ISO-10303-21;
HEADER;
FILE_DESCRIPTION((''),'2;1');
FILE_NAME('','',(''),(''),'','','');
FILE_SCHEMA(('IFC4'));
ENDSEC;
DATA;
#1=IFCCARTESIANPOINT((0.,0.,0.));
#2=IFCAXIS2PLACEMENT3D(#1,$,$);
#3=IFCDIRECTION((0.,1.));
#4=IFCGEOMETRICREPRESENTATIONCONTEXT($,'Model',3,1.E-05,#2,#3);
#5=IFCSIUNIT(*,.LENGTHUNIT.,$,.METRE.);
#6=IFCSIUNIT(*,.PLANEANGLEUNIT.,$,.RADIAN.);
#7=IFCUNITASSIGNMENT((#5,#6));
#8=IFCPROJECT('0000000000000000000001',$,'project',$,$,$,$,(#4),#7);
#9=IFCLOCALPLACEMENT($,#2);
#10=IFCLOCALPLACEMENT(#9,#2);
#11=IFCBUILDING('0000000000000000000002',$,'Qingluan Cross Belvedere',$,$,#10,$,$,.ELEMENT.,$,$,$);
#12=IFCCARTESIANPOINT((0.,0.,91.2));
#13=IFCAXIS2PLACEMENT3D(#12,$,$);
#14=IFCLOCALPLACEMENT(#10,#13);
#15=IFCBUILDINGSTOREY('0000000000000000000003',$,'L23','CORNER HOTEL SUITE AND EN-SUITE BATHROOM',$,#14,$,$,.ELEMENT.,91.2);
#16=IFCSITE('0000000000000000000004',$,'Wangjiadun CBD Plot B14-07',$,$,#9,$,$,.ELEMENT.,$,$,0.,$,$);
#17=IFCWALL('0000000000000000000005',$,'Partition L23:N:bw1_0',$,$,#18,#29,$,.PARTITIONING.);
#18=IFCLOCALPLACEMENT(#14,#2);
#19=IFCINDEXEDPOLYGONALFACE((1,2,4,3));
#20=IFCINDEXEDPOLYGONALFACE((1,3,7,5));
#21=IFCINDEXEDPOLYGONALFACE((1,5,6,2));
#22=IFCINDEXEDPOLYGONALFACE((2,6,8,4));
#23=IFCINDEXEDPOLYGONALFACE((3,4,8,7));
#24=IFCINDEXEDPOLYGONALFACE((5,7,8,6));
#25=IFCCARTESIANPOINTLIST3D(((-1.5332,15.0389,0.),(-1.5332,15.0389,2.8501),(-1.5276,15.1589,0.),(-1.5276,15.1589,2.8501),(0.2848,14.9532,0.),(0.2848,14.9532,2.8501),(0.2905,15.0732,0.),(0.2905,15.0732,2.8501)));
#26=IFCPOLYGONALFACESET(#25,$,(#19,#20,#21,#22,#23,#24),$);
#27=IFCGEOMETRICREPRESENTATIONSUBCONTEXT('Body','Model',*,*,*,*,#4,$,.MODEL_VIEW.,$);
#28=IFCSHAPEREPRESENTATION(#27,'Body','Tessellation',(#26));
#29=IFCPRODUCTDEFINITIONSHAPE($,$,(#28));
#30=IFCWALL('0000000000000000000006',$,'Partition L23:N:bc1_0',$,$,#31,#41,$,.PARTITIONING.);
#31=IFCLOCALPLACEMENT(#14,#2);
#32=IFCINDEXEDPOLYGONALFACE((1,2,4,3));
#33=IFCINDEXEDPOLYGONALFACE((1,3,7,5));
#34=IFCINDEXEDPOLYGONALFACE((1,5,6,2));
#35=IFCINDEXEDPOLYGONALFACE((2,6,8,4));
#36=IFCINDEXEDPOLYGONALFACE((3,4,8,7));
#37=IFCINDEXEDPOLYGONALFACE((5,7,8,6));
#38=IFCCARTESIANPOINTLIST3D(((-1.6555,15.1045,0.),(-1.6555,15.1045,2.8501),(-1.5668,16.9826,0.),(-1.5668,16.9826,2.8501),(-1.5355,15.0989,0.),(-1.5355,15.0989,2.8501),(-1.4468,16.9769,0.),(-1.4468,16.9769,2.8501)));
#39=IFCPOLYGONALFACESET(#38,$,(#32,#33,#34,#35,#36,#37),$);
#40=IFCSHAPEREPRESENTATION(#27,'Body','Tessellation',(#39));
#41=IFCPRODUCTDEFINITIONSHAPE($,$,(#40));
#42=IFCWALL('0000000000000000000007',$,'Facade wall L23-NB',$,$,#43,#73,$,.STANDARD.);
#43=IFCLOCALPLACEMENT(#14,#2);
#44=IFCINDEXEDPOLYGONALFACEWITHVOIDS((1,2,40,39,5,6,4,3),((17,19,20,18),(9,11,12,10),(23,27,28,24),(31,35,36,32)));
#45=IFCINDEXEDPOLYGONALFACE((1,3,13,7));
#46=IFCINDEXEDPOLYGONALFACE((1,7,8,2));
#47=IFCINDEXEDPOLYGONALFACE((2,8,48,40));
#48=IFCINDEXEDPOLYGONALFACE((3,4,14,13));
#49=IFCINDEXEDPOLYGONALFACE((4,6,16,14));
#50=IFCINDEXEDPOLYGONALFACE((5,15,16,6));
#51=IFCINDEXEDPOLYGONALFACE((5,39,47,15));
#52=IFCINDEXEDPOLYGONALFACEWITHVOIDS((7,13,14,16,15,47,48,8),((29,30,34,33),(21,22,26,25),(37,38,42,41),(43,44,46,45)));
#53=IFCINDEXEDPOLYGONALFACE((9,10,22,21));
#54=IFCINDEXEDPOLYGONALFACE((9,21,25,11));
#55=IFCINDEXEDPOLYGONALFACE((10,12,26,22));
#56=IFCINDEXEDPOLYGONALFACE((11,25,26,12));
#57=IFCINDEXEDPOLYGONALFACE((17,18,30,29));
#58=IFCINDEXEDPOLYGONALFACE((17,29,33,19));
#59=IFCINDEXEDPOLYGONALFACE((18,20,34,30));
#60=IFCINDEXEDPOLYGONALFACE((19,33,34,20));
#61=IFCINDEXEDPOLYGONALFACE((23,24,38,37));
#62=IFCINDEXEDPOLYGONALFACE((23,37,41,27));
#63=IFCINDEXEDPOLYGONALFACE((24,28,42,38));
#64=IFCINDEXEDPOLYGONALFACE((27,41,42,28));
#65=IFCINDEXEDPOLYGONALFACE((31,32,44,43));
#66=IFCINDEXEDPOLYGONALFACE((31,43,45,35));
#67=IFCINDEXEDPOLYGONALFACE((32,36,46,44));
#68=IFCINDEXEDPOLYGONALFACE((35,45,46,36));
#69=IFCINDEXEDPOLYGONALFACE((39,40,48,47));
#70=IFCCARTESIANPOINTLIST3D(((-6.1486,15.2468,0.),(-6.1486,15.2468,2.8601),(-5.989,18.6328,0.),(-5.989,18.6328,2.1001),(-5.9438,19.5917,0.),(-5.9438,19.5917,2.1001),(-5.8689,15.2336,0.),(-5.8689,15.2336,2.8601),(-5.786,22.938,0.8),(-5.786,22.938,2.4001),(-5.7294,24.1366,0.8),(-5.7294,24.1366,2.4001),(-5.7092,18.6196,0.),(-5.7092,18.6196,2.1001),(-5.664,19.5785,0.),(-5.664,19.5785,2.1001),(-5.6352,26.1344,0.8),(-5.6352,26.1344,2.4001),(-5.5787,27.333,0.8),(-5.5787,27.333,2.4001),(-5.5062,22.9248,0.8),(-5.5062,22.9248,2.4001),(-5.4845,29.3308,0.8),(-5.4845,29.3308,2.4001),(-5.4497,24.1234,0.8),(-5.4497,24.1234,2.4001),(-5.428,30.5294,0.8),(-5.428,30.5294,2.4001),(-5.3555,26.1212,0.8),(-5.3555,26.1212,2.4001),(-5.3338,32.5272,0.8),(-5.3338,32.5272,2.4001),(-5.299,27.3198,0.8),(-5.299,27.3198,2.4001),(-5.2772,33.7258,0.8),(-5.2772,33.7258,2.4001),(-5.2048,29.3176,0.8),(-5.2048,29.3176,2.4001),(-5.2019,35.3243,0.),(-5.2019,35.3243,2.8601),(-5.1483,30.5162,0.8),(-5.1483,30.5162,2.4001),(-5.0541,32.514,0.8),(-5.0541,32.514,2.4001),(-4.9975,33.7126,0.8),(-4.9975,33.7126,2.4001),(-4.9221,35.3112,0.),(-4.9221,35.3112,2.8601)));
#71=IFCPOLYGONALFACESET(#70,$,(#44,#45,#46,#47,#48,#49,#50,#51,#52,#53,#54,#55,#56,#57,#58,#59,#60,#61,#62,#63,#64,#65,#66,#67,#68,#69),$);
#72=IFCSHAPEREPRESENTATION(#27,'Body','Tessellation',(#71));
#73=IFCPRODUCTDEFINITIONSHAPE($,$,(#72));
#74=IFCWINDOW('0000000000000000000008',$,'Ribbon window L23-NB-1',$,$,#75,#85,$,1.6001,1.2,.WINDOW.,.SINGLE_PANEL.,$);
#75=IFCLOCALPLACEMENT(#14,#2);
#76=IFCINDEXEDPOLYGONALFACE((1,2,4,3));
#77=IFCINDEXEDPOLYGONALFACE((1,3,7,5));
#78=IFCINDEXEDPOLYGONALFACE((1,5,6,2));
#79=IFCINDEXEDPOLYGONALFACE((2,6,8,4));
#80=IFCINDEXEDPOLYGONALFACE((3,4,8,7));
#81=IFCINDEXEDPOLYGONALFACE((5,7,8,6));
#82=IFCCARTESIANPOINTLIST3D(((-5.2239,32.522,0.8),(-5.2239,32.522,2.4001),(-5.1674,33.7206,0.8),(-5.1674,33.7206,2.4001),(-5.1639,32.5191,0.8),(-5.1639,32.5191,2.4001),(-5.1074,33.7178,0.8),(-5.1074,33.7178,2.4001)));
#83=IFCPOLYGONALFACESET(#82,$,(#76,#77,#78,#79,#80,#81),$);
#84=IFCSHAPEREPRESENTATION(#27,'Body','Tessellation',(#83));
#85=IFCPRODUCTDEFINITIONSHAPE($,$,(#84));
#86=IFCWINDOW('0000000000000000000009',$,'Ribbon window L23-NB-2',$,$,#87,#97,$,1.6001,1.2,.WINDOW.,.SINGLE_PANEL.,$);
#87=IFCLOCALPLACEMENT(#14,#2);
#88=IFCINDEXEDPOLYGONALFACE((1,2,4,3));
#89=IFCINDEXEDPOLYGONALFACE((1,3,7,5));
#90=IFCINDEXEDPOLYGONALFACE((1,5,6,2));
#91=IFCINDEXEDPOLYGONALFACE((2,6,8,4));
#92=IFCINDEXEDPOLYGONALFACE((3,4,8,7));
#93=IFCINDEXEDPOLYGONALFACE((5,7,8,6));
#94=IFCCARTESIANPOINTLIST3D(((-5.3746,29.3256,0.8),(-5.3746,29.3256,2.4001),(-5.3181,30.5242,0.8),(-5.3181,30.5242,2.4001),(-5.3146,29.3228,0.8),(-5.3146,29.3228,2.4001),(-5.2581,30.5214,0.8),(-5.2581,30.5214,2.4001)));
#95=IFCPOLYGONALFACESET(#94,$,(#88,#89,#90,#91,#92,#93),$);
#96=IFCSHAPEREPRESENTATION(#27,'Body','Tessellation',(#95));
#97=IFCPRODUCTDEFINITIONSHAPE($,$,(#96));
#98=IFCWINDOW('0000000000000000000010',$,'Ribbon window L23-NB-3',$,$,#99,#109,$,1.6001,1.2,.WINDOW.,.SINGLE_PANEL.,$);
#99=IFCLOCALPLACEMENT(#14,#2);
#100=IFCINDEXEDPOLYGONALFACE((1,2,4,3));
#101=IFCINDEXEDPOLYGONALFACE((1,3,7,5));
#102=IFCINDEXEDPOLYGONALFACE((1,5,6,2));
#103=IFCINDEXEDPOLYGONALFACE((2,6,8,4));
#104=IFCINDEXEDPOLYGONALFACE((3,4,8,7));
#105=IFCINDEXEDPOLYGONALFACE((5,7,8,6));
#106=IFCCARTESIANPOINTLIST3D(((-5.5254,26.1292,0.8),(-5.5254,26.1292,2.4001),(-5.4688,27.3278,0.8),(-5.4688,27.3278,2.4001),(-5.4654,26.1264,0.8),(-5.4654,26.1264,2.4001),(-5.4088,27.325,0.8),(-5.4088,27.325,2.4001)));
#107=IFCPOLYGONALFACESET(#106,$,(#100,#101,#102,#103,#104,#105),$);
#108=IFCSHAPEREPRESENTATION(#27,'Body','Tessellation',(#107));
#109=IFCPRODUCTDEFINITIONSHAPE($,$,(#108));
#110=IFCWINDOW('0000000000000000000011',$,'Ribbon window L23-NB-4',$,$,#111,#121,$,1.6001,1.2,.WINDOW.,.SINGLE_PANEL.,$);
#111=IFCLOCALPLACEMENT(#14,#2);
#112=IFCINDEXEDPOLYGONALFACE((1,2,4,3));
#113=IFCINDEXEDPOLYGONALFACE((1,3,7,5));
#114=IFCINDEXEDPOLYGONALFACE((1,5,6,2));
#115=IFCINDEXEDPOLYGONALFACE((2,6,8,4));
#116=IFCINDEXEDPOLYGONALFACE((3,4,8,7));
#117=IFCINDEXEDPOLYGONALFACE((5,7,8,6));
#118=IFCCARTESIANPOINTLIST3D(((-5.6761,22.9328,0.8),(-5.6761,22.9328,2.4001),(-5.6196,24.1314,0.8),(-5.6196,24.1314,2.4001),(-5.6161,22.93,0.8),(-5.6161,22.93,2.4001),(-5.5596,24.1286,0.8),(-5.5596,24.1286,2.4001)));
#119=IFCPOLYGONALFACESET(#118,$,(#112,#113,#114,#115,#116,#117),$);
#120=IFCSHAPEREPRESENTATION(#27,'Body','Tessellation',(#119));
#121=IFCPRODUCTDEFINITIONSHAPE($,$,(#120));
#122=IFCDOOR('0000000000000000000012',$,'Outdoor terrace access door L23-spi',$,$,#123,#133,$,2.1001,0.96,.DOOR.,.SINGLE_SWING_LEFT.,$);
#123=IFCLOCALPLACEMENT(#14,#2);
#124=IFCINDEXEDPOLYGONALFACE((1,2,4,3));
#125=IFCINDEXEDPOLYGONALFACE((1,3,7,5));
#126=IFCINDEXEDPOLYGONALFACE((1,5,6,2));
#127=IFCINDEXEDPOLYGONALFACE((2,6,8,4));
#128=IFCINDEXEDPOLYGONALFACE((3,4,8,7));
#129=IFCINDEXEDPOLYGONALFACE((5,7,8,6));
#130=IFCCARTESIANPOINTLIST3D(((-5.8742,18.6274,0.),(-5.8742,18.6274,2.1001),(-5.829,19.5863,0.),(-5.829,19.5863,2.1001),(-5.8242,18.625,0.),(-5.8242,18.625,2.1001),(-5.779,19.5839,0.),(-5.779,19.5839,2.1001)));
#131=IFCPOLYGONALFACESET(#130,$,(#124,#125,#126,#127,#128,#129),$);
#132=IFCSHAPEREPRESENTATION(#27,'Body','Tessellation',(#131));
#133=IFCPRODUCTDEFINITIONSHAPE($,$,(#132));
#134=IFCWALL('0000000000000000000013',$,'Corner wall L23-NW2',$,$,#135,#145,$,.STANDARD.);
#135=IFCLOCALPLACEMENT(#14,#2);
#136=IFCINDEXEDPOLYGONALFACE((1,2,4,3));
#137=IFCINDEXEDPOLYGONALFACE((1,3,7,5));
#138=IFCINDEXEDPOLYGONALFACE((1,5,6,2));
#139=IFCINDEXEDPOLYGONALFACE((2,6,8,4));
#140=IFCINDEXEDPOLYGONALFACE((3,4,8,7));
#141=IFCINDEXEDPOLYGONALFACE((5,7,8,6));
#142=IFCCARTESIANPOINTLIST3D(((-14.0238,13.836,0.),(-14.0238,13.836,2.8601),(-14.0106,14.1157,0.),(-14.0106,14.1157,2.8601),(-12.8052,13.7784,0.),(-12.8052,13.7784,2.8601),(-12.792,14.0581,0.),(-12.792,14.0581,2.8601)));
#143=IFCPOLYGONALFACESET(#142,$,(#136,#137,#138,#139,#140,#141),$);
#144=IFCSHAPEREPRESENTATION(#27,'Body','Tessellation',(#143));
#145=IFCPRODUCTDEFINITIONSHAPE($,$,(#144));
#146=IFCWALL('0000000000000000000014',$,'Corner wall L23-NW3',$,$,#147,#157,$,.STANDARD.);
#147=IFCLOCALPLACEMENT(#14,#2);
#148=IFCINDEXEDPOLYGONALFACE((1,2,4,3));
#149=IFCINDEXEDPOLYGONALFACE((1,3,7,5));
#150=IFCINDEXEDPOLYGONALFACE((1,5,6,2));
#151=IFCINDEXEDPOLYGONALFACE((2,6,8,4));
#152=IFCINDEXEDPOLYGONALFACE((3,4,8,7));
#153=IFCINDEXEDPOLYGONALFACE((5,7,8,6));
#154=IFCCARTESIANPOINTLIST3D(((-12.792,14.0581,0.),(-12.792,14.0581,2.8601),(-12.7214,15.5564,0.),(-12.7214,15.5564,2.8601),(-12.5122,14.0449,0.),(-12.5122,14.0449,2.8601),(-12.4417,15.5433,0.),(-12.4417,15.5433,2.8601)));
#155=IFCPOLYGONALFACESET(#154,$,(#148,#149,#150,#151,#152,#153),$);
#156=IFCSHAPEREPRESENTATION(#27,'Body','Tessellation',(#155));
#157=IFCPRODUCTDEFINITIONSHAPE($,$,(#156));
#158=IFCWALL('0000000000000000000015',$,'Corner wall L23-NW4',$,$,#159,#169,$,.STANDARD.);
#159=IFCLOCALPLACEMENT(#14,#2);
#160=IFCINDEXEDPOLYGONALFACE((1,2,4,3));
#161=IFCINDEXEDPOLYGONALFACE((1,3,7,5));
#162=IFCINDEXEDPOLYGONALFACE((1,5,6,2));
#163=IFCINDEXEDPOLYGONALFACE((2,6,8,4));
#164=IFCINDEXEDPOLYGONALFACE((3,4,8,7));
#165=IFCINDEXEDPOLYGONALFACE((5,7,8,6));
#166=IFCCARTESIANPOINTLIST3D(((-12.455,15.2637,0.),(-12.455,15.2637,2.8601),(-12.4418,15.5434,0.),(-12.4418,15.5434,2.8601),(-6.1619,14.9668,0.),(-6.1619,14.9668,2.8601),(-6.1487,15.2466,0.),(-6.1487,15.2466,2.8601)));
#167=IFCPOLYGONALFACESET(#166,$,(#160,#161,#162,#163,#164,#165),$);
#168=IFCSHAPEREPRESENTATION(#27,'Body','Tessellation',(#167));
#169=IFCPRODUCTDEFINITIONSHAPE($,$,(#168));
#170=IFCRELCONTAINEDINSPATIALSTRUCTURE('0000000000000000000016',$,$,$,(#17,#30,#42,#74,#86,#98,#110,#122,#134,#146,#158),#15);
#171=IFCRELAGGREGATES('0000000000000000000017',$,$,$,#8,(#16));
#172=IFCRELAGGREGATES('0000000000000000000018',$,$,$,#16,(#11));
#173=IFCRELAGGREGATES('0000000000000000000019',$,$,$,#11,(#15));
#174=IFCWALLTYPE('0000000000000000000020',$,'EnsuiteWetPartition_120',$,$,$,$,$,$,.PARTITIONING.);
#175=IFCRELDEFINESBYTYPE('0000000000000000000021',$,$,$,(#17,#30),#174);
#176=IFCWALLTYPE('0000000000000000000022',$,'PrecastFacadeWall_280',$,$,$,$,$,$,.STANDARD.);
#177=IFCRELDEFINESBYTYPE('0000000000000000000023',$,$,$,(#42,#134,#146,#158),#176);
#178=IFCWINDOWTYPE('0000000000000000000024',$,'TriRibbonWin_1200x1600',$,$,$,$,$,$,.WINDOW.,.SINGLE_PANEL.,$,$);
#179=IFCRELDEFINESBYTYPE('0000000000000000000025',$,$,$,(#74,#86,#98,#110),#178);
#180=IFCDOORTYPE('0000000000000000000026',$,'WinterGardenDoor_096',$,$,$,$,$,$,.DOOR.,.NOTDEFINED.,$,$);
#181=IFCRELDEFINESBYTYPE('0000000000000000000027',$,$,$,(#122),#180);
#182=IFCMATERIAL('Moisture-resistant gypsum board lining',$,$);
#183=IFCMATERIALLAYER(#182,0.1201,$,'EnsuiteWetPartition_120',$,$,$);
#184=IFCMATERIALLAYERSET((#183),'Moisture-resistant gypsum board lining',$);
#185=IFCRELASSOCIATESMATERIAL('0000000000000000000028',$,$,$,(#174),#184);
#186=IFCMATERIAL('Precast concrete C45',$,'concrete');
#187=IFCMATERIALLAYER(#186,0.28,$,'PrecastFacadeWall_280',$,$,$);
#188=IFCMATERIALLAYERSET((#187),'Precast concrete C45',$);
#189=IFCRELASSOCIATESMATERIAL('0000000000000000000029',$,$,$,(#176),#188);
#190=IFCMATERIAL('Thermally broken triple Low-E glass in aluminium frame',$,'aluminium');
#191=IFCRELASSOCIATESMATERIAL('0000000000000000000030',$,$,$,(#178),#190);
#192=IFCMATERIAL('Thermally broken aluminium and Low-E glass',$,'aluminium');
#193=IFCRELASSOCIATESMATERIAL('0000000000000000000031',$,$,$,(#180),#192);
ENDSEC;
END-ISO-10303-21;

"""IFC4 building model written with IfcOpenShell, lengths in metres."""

from ifc_helpers import new_model, si_unit, direction, frame, frame_2d, origin, place, context, subcontext, project, spatial, rectangle, extrude, material, layer, layer_set, type_object, element, fill, save


model = new_model("IFC4")

# Units and contexts
model_context = context("Model", 3, precision=1e-05, world=origin(), true_north=direction((0.0, 1.0)))
body_context = subcontext(model_context, "Body", "Model", "MODEL_VIEW")
ifc_project = project(units=[si_unit("LENGTHUNIT", "METRE"), si_unit("PLANEANGLEUNIT", "RADIAN")], contexts=[model_context])

# Site, building, storey
site_placement = place(None, origin())
site = spatial("IfcSite", under=ifc_project, at=site_placement, Name="Wangjiadun CBD Plot B14-07", CompositionType="ELEMENT", RefElevation=0.0)
building_placement = place(site_placement, origin())
building = spatial("IfcBuilding", under=site, at=building_placement, Name="Qingluan Cross Belvedere", CompositionType="ELEMENT")
storey_placement = place(building_placement, frame((0.0, 0.0, 91.2)))
storey = spatial("IfcBuildingStorey", under=building, at=storey_placement, Name="L23", Description="CORNER HOTEL SUITE AND EN-SUITE BATHROOM", CompositionType="ELEMENT", Elevation=91.2)

# Shared definitions
ifc_material_1 = material(Name="Moisture-resistant gypsum board lining")
ifc_layer_1 = layer(ifc_material_1, 0.1201, Name="EnsuiteWetPartition_120")
ifc_layer_set_1 = layer_set([ifc_layer_1], Name="Moisture-resistant gypsum board lining")
wall_type_1 = type_object("IfcWallType", Name="EnsuiteWetPartition_120", PredefinedType="PARTITIONING", material=ifc_layer_set_1)

# Walls
wall_1_placement = place(storey_placement, frame((-1.5305, 15.0989, 0.0), z_axis=(0.0, 0.0, 1.0), x_axis=(0.998891, -0.047081, 0.0)))
element("IfcWall", 1, at=wall_1_placement, inside=storey, type_object=wall_type_1, Name="Partition L23:N:bw1_0", PredefinedType="PARTITIONING", context=body_context, shape_type="SweptSolid", body=[
    extrude(rectangle(XDim=1.8201, YDim=0.1201, at=frame_2d((0.9102, 0.0))), origin(), (0.0, 0.0, 1.0), 2.8501),
])
wall_2_placement = place(storey_placement, frame((-1.5955, 15.1018, 0.0), z_axis=(0.0, 0.0, 1.0), x_axis=(0.047139, 0.998888, 0.0)))
element("IfcWall", 2, at=wall_2_placement, inside=storey, type_object=wall_type_1, Name="Partition L23:N:bc1_0", PredefinedType="PARTITIONING", context=body_context, shape_type="SweptSolid", body=[
    extrude(rectangle(XDim=1.8801, YDim=0.1201, at=frame_2d((0.9399, 0.0))), origin(), (0.0, 0.0, 1.0), 2.8501),
])

# Wall, openings, windows, door
ifc_material_2 = material(Name="Precast concrete C45", Category="concrete")
ifc_layer_2 = layer(ifc_material_2, 0.28, Name="PrecastFacadeWall_280")
ifc_layer_set_2 = layer_set([ifc_layer_2], Name="Precast concrete C45")
wall_type_2 = type_object("IfcWallType", Name="PrecastFacadeWall_280", PredefinedType="STANDARD", material=ifc_layer_set_2)
wall_3_placement = place(storey_placement, frame((-5.062, 35.3176, 0.0), z_axis=(0.0, 0.0, 1.0), x_axis=(-0.047103, -0.99889, 0.0)))
wall_3 = element("IfcWall", 3, at=wall_3_placement, inside=storey, type_object=wall_type_2, Name="Facade wall L23-NB", PredefinedType="STANDARD", context=body_context, shape_type="SweptSolid", body=[
    extrude(rectangle(XDim=20.0999, YDim=0.28, at=frame_2d((10.0498, 0.0))), origin(), (0.0, 0.0, 1.0), 2.8601),
])
opening_1_placement = place(wall_3_placement, frame((1.6001, 0.0, 0.8)))
opening_1 = element("IfcOpeningElement", 4, at=opening_1_placement, cuts=wall_3, PredefinedType="OPENING", context=body_context, shape_type="SweptSolid", body=[
    extrude(rectangle(XDim=1.2, YDim=1.6001, at=frame_2d((0.6001, 0.8))), frame((0.0, 0.1499, 0.0), z_axis=(0.0, -1.0, 0.0), x_axis=(1.0, 0.0, 0.0)), (0.0, 0.0, 1.0), 0.3),
])
opening_2_placement = place(wall_3_placement, frame((4.8, 0.0, 0.8)))
opening_2 = element("IfcOpeningElement", 5, at=opening_2_placement, cuts=wall_3, PredefinedType="OPENING", context=body_context, shape_type="SweptSolid", body=[
    extrude(rectangle(XDim=1.2, YDim=1.6001, at=frame_2d((0.6001, 0.8))), frame((0.0, 0.1499, 0.0), z_axis=(0.0, -1.0, 0.0), x_axis=(1.0, 0.0, 0.0)), (0.0, 0.0, 1.0), 0.3),
])
opening_3_placement = place(wall_3_placement, frame((8.0, 0.0, 0.8)))
opening_3 = element("IfcOpeningElement", 6, at=opening_3_placement, cuts=wall_3, PredefinedType="OPENING", context=body_context, shape_type="SweptSolid", body=[
    extrude(rectangle(XDim=1.2, YDim=1.6001, at=frame_2d((0.6001, 0.8))), frame((0.0, 0.1499, 0.0), z_axis=(0.0, -1.0, 0.0), x_axis=(1.0, 0.0, 0.0)), (0.0, 0.0, 1.0), 0.3),
])
opening_4_placement = place(wall_3_placement, frame((11.2, 0.0, 0.8)))
opening_4 = element("IfcOpeningElement", 7, at=opening_4_placement, cuts=wall_3, PredefinedType="OPENING", context=body_context, shape_type="SweptSolid", body=[
    extrude(rectangle(XDim=1.2, YDim=1.6001, at=frame_2d((0.6001, 0.8))), frame((0.0, 0.1499, 0.0), z_axis=(0.0, -1.0, 0.0), x_axis=(1.0, 0.0, 0.0)), (0.0, 0.0, 1.0), 0.3),
])
opening_5_placement = place(wall_3_placement, frame((15.75, 0.0, 0.0)))
opening_5 = element("IfcOpeningElement", 8, at=opening_5_placement, cuts=wall_3, PredefinedType="OPENING", context=body_context, shape_type="SweptSolid", body=[
    extrude(rectangle(XDim=0.96, YDim=2.1001, at=frame_2d((0.48, 1.05))), frame((0.0, 0.1499, 0.0), z_axis=(0.0, -1.0, 0.0), x_axis=(1.0, 0.0, 0.0)), (0.0, 0.0, 1.0), 0.3),
])
ifc_material_3 = material(Name="Thermally broken triple Low-E glass in aluminium frame", Category="aluminium")
window_type = type_object("IfcWindowType", Name="TriRibbonWin_1200x1600", PartitioningType="SINGLE_PANEL", PredefinedType="WINDOW", material=ifc_material_3)
window_1_placement = place(opening_1_placement, origin())
window_1 = element("IfcWindow", 9, at=window_1_placement, inside=storey, type_object=window_type, Name="Ribbon window L23-NB-1", OverallHeight=1.6001, OverallWidth=1.2, PartitioningType="SINGLE_PANEL", PredefinedType="WINDOW", context=body_context, shape_type="SweptSolid", body=[
    extrude(rectangle(XDim=1.2, YDim=1.6001, at=frame_2d((0.6001, 0.8))), frame((0.0, 0.03, 0.0), z_axis=(0.0, -1.0, 0.0), x_axis=(1.0, 0.0, 0.0)), (0.0, 0.0, 1.0), 0.0601),
])
fill(opening_1, window_1)
window_2_placement = place(opening_2_placement, origin())
window_2 = element("IfcWindow", 10, at=window_2_placement, inside=storey, type_object=window_type, Name="Ribbon window L23-NB-2", OverallHeight=1.6001, OverallWidth=1.2, PartitioningType="SINGLE_PANEL", PredefinedType="WINDOW", context=body_context, shape_type="SweptSolid", body=[
    extrude(rectangle(XDim=1.2, YDim=1.6001, at=frame_2d((0.6001, 0.8))), frame((0.0, 0.03, 0.0), z_axis=(0.0, -1.0, 0.0), x_axis=(1.0, 0.0, 0.0)), (0.0, 0.0, 1.0), 0.0601),
])
fill(opening_2, window_2)
window_3_placement = place(opening_3_placement, origin())
window_3 = element("IfcWindow", 11, at=window_3_placement, inside=storey, type_object=window_type, Name="Ribbon window L23-NB-3", OverallHeight=1.6001, OverallWidth=1.2, PartitioningType="SINGLE_PANEL", PredefinedType="WINDOW", context=body_context, shape_type="SweptSolid", body=[
    extrude(rectangle(XDim=1.2, YDim=1.6001, at=frame_2d((0.6001, 0.8))), frame((0.0, 0.03, 0.0), z_axis=(0.0, -1.0, 0.0), x_axis=(1.0, 0.0, 0.0)), (0.0, 0.0, 1.0), 0.0601),
])
fill(opening_3, window_3)
window_4_placement = place(opening_4_placement, origin())
window_4 = element("IfcWindow", 12, at=window_4_placement, inside=storey, type_object=window_type, Name="Ribbon window L23-NB-4", OverallHeight=1.6001, OverallWidth=1.2, PartitioningType="SINGLE_PANEL", PredefinedType="WINDOW", context=body_context, shape_type="SweptSolid", body=[
    extrude(rectangle(XDim=1.2, YDim=1.6001, at=frame_2d((0.6001, 0.8))), frame((0.0, 0.03, 0.0), z_axis=(0.0, -1.0, 0.0), x_axis=(1.0, 0.0, 0.0)), (0.0, 0.0, 1.0), 0.0601),
])
fill(opening_4, window_4)
ifc_material_4 = material(Name="Thermally broken aluminium and Low-E glass", Category="aluminium")
door_type_1 = type_object("IfcDoorType", Name="WinterGardenDoor_096", OperationType="NOTDEFINED", PredefinedType="DOOR", material=ifc_material_4)
door_1_placement = place(opening_5_placement, origin())
door_1 = element("IfcDoor", 13, at=door_1_placement, inside=storey, type_object=door_type_1, Name="Outdoor terrace access door L23-spi", OperationType="SINGLE_SWING_LEFT", OverallHeight=2.1001, OverallWidth=0.96, PredefinedType="DOOR", context=body_context, shape_type="SweptSolid", body=[
    extrude(rectangle(XDim=0.96, YDim=2.1001, at=frame_2d((0.48, 1.05))), frame((0.0, 0.0249, 0.0), z_axis=(0.0, -1.0, 0.0), x_axis=(1.0, 0.0, 0.0)), (0.0, 0.0, 1.0), 0.05),
])
fill(opening_5, door_1)

# Walls
wall_4_placement = place(storey_placement, frame((-14.0171, 13.9758, 0.0), z_axis=(0.0, 0.0, 1.0), x_axis=(0.998884, -0.047232, 0.0)))
element("IfcWall", 14, at=wall_4_placement, inside=storey, type_object=wall_type_2, Name="Corner wall L23-NW2", PredefinedType="STANDARD", context=body_context, shape_type="SweptSolid", body=[
    extrude(rectangle(XDim=1.22, YDim=0.28, at=frame_2d((0.6099, 0.0))), origin(), (0.0, 0.0, 1.0), 2.8601),
])
wall_5_placement = place(storey_placement, frame((-12.6521, 14.0515, 0.0), z_axis=(0.0, 0.0, 1.0), x_axis=(0.047039, 0.998893, 0.0)))
element("IfcWall", 15, at=wall_5_placement, inside=storey, type_object=wall_type_2, Name="Corner wall L23-NW3", PredefinedType="STANDARD", context=body_context, shape_type="SweptSolid", body=[
    extrude(rectangle(XDim=1.5, YDim=0.28, at=frame_2d((0.75, 0.0))), origin(), (0.0, 0.0, 1.0), 2.8601),
])
wall_6_placement = place(storey_placement, frame((-12.4482, 15.4036, 0.0), z_axis=(0.0, 0.0, 1.0), x_axis=(0.998889, -0.047123, 0.0)))
element("IfcWall", 16, at=wall_6_placement, inside=storey, type_object=wall_type_2, Name="Corner wall L23-NW4", PredefinedType="STANDARD", context=body_context, shape_type="SweptSolid", body=[
    extrude(rectangle(XDim=6.3, YDim=0.28, at=frame_2d((3.1499, 0.0))), origin(), (0.0, 0.0, 1.0), 2.8601),
])

save(model, "model.ifc")
